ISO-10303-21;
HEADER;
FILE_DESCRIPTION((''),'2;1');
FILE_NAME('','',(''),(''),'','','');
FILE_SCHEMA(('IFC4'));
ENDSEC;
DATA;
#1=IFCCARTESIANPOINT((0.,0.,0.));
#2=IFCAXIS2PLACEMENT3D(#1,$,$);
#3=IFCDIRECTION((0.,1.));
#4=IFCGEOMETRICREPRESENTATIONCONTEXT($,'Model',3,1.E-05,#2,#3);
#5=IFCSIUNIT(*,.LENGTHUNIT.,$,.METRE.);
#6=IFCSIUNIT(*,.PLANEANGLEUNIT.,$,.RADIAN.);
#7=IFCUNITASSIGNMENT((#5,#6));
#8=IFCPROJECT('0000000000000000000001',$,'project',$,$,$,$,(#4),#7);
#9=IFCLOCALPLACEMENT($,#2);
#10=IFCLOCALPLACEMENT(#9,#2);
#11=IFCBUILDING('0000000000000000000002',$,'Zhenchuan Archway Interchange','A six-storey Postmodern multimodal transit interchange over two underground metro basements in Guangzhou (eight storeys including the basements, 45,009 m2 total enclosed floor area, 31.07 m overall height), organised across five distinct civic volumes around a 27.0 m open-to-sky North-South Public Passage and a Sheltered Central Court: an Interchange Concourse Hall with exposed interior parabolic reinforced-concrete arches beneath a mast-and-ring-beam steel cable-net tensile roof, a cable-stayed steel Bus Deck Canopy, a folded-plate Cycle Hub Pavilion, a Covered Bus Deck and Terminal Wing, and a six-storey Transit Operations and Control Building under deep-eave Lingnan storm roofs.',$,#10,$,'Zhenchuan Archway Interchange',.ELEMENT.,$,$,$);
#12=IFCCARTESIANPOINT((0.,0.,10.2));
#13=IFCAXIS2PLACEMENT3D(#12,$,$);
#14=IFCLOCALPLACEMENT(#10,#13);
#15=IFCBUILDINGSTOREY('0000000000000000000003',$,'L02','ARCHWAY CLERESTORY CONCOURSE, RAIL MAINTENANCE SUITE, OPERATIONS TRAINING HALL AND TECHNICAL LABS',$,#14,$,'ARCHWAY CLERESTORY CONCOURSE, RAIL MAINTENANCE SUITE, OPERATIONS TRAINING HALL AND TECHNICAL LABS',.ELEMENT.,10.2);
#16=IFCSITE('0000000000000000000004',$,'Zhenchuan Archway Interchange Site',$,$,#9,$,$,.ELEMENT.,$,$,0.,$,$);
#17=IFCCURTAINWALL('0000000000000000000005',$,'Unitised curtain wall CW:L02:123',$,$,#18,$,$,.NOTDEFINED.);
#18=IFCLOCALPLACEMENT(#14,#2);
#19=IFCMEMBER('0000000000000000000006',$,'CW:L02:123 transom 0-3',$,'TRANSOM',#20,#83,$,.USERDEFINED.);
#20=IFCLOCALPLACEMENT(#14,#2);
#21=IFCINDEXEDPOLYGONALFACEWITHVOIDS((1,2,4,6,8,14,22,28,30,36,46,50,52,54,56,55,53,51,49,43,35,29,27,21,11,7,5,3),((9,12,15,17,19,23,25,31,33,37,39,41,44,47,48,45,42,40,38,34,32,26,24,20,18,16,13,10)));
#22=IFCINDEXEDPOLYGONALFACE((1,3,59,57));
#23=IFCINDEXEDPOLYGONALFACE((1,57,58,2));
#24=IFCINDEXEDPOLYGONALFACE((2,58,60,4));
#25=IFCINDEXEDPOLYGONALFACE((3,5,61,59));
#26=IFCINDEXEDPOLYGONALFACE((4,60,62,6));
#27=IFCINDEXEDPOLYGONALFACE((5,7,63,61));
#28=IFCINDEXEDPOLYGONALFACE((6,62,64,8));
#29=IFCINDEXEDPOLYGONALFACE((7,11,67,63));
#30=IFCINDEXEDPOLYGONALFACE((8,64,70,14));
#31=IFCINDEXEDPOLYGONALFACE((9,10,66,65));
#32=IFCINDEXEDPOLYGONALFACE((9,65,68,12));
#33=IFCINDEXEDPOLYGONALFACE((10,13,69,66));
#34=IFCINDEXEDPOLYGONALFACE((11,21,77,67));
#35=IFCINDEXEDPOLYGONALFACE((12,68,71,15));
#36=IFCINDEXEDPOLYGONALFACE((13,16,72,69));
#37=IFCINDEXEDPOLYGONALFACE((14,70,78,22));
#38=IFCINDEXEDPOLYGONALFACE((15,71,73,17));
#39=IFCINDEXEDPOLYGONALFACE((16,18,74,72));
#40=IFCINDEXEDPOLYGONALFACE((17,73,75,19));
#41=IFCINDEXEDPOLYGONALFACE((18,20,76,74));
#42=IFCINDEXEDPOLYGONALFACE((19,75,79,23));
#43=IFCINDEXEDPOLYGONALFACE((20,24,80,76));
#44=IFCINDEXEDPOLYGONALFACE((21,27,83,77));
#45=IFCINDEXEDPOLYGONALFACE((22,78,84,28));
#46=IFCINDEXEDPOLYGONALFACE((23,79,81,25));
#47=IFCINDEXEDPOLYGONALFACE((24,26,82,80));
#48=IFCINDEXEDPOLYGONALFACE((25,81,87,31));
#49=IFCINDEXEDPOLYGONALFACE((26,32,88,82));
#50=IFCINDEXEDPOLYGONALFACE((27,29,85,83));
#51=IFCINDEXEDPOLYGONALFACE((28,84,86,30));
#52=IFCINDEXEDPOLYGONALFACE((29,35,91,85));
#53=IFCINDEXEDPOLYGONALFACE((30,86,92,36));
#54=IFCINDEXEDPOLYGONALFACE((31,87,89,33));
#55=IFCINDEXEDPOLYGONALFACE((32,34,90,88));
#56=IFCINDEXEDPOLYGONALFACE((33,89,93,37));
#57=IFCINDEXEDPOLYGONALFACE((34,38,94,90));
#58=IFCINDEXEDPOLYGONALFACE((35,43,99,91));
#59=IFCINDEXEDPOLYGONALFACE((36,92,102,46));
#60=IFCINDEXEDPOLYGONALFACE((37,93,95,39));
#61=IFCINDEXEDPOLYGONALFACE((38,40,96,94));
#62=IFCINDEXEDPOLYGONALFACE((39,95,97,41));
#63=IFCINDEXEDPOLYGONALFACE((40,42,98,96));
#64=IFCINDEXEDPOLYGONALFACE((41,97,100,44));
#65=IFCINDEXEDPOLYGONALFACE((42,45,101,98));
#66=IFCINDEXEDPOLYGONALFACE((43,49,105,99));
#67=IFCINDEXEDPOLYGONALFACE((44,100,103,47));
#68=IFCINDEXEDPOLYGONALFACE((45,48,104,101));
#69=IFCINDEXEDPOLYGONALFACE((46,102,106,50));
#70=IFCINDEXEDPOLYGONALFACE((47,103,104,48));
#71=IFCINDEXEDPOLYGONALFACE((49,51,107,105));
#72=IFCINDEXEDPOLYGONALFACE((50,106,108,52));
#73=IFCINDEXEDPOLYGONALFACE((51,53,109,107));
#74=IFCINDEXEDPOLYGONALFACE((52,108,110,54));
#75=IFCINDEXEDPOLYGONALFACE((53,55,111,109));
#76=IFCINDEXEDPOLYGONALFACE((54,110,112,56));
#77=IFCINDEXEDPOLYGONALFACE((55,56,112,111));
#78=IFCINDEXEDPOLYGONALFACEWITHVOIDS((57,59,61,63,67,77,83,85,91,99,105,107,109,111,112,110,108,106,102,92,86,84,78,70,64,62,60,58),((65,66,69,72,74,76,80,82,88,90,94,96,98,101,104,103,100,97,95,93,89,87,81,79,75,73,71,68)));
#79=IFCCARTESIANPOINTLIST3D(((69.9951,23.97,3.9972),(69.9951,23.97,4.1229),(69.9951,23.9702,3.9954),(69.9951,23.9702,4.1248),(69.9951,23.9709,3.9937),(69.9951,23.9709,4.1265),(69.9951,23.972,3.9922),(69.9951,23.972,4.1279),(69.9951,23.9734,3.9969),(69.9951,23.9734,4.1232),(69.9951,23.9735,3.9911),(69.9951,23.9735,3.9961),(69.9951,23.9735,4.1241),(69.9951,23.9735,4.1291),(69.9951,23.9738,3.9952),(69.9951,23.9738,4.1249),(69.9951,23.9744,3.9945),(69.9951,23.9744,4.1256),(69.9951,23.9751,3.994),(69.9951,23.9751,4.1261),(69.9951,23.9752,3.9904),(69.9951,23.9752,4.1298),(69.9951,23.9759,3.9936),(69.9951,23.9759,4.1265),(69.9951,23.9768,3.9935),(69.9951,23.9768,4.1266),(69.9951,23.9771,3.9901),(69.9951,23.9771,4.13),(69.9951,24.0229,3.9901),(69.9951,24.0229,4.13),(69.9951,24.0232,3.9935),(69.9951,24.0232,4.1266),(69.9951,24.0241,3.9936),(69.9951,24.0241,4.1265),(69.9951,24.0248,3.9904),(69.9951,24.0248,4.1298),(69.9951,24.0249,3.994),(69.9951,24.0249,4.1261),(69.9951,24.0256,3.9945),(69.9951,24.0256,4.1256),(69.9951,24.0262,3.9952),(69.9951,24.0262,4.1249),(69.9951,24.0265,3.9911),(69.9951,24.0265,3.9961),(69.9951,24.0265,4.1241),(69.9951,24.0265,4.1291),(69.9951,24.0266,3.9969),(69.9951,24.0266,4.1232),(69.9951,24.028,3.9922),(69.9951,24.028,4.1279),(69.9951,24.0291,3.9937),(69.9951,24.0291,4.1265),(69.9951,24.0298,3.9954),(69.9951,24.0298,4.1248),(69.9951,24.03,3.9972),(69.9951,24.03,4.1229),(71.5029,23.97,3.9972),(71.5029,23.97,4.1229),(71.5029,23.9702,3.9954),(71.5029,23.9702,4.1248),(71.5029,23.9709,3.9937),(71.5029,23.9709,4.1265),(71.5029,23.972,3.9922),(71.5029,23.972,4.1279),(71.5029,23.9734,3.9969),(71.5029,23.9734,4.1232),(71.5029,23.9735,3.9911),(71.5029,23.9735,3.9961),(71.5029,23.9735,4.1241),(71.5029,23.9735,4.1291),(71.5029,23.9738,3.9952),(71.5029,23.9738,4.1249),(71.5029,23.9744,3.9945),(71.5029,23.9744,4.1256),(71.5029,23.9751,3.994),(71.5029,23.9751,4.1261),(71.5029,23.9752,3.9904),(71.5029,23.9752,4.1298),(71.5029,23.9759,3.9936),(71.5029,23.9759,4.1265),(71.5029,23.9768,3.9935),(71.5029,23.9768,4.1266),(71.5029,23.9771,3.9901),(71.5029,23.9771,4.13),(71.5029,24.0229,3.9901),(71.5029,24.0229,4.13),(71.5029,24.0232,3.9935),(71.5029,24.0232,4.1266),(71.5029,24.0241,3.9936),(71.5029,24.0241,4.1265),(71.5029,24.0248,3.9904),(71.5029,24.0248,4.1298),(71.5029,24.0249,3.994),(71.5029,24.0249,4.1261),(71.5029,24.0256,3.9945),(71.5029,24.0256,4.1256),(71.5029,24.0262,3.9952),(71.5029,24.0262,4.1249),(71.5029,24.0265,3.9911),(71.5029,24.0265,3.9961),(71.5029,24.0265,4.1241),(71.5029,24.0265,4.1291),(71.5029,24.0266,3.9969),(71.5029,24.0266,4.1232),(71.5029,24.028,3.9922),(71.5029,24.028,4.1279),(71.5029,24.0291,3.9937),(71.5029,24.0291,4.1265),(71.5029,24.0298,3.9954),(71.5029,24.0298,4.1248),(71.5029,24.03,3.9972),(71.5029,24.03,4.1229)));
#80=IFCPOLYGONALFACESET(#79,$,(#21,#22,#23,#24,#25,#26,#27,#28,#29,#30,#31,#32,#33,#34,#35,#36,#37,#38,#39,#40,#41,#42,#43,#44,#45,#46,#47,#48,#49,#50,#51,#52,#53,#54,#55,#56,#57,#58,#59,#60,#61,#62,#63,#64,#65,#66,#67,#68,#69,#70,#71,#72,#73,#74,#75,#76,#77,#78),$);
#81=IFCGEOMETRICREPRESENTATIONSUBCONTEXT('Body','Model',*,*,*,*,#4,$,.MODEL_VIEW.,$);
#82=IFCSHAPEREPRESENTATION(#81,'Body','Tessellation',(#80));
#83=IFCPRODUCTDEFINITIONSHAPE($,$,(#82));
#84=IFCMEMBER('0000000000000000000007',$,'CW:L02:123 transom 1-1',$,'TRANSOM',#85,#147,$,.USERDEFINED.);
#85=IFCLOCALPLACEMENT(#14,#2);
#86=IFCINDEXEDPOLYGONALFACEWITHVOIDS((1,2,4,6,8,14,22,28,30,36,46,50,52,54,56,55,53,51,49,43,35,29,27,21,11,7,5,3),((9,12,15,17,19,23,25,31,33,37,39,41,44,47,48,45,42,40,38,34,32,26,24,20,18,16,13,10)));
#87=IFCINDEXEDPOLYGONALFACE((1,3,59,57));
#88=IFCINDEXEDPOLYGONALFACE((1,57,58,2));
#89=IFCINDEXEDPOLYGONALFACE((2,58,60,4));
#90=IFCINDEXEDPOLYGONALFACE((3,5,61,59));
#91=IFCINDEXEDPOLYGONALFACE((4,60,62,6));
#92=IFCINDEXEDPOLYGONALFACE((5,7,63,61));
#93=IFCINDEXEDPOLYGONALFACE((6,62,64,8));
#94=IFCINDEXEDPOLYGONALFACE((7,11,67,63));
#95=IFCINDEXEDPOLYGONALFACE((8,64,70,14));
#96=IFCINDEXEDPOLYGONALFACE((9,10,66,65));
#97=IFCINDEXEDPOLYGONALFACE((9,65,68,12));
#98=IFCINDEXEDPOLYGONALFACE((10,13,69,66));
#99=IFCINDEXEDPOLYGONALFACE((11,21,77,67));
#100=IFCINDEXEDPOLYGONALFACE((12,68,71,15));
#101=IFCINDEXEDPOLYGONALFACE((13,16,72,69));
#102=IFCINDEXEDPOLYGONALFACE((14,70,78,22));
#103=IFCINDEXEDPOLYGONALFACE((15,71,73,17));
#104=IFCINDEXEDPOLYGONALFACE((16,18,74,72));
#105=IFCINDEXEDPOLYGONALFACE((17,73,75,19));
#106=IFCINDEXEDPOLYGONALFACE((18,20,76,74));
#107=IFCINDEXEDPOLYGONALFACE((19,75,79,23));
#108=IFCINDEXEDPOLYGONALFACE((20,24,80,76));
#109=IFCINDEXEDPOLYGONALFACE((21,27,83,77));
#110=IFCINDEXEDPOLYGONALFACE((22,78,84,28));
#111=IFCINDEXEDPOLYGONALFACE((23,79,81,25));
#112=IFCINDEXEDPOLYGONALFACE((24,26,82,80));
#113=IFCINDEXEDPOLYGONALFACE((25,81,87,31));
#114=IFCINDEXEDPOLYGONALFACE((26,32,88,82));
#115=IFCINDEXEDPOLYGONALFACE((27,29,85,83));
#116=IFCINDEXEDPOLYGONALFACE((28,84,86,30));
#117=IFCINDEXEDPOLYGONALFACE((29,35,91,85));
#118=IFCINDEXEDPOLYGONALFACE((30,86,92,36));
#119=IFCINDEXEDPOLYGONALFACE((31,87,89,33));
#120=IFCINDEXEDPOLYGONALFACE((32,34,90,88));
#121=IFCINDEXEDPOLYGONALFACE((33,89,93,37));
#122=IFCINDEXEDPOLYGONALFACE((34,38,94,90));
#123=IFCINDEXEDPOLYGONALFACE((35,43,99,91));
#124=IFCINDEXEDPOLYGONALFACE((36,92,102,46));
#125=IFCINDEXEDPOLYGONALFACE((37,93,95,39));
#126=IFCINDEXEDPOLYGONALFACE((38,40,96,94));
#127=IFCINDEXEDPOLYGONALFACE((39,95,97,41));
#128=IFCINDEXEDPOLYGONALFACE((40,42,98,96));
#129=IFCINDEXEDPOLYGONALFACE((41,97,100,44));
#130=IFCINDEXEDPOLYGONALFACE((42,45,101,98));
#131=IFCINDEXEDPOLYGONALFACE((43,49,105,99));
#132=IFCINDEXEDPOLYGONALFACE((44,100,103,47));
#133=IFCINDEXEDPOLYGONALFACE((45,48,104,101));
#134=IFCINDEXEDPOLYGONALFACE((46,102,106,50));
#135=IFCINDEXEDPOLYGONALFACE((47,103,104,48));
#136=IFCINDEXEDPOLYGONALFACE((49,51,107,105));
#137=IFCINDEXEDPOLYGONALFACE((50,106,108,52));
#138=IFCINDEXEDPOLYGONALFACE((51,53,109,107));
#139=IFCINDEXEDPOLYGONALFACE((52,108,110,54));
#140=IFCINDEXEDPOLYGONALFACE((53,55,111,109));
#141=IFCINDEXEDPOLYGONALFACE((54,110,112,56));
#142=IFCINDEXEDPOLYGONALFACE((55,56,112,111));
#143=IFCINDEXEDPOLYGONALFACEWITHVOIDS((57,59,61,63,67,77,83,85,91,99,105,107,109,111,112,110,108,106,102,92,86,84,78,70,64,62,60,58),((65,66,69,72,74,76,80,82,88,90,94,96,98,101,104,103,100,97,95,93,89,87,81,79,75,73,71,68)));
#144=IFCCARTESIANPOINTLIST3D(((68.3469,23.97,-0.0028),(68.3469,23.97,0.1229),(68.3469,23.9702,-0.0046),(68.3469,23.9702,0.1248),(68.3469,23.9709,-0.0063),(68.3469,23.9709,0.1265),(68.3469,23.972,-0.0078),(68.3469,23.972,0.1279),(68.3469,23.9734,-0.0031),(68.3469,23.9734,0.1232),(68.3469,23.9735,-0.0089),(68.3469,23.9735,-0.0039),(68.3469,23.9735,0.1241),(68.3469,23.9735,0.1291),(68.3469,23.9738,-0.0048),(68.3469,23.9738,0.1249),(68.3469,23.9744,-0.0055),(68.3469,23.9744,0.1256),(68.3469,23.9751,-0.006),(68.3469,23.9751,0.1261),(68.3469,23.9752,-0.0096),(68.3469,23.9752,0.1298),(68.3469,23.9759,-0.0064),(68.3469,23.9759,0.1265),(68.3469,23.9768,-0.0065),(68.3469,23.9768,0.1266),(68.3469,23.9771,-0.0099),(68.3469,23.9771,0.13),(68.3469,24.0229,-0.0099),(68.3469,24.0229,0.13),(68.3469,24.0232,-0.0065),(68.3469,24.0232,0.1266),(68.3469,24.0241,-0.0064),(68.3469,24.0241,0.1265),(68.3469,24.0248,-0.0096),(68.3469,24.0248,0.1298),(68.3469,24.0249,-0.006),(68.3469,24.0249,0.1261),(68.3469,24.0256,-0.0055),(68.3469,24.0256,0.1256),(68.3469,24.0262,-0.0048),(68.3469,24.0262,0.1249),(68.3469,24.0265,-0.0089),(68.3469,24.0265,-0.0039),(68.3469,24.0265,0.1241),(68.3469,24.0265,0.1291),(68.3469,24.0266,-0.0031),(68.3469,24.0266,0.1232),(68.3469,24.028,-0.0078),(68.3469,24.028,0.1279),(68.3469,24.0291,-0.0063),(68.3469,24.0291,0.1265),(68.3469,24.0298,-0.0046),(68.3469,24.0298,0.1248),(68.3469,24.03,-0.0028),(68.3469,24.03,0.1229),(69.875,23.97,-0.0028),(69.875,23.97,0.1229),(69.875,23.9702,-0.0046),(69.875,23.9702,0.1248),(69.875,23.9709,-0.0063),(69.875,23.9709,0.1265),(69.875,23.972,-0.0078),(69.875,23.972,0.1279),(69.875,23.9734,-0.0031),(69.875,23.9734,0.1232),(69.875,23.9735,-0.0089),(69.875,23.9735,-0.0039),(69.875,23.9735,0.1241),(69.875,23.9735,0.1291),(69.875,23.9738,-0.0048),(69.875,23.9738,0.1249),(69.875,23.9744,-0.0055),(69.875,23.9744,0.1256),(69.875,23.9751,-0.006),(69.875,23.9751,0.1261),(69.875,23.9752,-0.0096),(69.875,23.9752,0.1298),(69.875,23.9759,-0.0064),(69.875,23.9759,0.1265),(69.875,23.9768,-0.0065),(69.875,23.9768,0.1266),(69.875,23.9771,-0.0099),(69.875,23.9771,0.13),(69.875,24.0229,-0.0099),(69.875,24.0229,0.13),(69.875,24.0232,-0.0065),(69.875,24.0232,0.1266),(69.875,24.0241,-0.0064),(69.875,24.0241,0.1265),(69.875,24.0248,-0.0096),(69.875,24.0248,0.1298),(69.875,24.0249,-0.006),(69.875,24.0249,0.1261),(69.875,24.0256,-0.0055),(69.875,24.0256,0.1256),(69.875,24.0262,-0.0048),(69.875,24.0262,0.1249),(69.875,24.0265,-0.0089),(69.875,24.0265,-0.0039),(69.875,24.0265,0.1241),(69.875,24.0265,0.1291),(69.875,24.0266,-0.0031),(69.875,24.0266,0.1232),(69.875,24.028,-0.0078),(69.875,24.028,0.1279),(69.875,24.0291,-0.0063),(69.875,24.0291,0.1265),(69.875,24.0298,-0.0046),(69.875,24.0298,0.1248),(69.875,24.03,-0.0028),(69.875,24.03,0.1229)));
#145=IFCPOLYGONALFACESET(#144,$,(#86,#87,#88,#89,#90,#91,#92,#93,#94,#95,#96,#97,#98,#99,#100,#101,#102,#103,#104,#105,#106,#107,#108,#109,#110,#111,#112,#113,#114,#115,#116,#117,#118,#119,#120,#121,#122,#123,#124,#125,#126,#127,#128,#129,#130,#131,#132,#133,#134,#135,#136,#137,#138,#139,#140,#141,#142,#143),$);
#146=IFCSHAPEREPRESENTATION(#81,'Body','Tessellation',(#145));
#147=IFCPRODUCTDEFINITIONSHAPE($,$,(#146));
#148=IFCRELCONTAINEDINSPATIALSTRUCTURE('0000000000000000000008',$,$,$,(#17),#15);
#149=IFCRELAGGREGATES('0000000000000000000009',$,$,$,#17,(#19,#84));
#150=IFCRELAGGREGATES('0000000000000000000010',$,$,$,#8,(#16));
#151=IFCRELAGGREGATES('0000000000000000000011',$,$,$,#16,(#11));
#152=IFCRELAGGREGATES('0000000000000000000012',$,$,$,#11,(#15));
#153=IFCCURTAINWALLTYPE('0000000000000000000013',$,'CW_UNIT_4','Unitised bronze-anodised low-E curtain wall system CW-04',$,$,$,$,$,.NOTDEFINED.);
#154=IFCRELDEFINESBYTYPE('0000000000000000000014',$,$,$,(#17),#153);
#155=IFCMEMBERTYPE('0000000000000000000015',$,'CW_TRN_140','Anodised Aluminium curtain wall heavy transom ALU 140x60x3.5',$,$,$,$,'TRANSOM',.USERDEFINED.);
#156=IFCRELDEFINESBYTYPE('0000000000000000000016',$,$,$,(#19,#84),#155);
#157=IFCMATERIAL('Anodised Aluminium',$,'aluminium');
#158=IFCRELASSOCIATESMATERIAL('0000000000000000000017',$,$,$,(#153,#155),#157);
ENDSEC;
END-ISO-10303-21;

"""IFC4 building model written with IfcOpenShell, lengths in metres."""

from ifc_helpers import new_model, si_unit, direction, frame, origin, origin_2d, place, context, subcontext, project, spatial, hollow_rectangle, extrude, material, material_profile, profile_set, type_object, element, aggregate, save


model = new_model("IFC4")

# Units and contexts
model_context = context("Model", 3, precision=1e-05, world=origin(), true_north=direction((0.0, 1.0)))
body_context = subcontext(model_context, "Body", "Model", "MODEL_VIEW")
ifc_project = project(units=[si_unit("LENGTHUNIT", "METRE"), si_unit("PLANEANGLEUNIT", "RADIAN")], contexts=[model_context])

# Site, building, storey
site_placement = place(None, origin())
site = spatial("IfcSite", under=ifc_project, at=site_placement, Name="Zhenchuan Archway Interchange Site", CompositionType="ELEMENT", RefElevation=0.0)
building_placement = place(site_placement, origin())
building = spatial("IfcBuilding", under=site, at=building_placement, Name="Zhenchuan Archway Interchange", Description="A six-storey Postmodern multimodal transit interchange over two underground metro basements in Guangzhou (eight storeys including the basements, 45,009 m2 total enclosed floor area, 31.07 m overall height), organised across five distinct civic volumes around a 27.0 m open-to-sky North-South Public Passage and a Sheltered Central Court: an Interchange Concourse Hall with exposed interior parabolic reinforced-concrete arches beneath a mast-and-ring-beam steel cable-net tensile roof, a cable-stayed steel Bus Deck Canopy, a folded-plate Cycle Hub Pavilion, a Covered Bus Deck and Terminal Wing, and a six-storey Transit Operations and Control Building under deep-eave Lingnan storm roofs.", LongName="Zhenchuan Archway Interchange", CompositionType="ELEMENT")
storey_placement = place(building_placement, frame((0.0, 0.0, 10.2)))
storey = spatial("IfcBuildingStorey", under=building, at=storey_placement, Name="L02", Description="ARCHWAY CLERESTORY CONCOURSE, RAIL MAINTENANCE SUITE, OPERATIONS TRAINING HALL AND TECHNICAL LABS", LongName="ARCHWAY CLERESTORY CONCOURSE, RAIL MAINTENANCE SUITE, OPERATIONS TRAINING HALL AND TECHNICAL LABS", CompositionType="ELEMENT", Elevation=10.2)

# Curtain wall, members
ifc_material_1 = material(Name="Anodised Aluminium", Category="aluminium")
curtain_wall_type = type_object("IfcCurtainWallType", Name="CW_UNIT_4", Description="Unitised bronze-anodised low-E curtain wall system CW-04", PredefinedType="NOTDEFINED", material=ifc_material_1)
curtain_wall_placement = place(storey_placement, origin())
curtain_wall = element("IfcCurtainWall", 1, at=curtain_wall_placement, inside=storey, type_object=curtain_wall_type, Name="Unitised curtain wall CW:L02:123", PredefinedType="NOTDEFINED")
ifc_material_profile_1 = material_profile(ifc_material_1, hollow_rectangle(XDim=0.0601, YDim=0.1399, WallThickness=0.0034, InnerFilletRadius=0.0034, OuterFilletRadius=0.0071, at=origin_2d()), Name="ALU 140x60x3.5")
ifc_profile_set_1 = profile_set([ifc_material_profile_1], Name="Anodised Aluminium")
member_type_1 = type_object("IfcMemberType", Name="CW_TRN_140", Description="Anodised Aluminium curtain wall heavy transom ALU 140x60x3.5", ElementType="TRANSOM", PredefinedType="USERDEFINED", material=ifc_profile_set_1)
member_1_placement = place(storey_placement, frame((71.5029, 24.0, 4.0601), z_axis=(-1.0, 0.0, 0.0), x_axis=(0.0, -1.0, 0.0)))
member_1 = element("IfcMember", 2, at=member_1_placement, type_object=member_type_1, Name="CW:L02:123 transom 0-3", ObjectType="TRANSOM", PredefinedType="USERDEFINED", context=body_context, shape_type="SweptSolid", body=[
    extrude(hollow_rectangle(XDim=0.0601, YDim=0.1399, WallThickness=0.0034, InnerFilletRadius=0.0034, OuterFilletRadius=0.0071, at=origin_2d()), origin(), (0.0, 0.0, 1.0), 1.5078),
])
member_2_placement = place(storey_placement, frame((69.875, 24.0, 0.0601), z_axis=(-1.0, 0.0, 0.0), x_axis=(0.0, -1.0, 0.0)))
member_2 = element("IfcMember", 3, at=member_2_placement, type_object=member_type_1, Name="CW:L02:123 transom 1-1", ObjectType="TRANSOM", PredefinedType="USERDEFINED", context=body_context, shape_type="SweptSolid", body=[
    extrude(hollow_rectangle(XDim=0.0601, YDim=0.1399, WallThickness=0.0034, InnerFilletRadius=0.0034, OuterFilletRadius=0.0071, at=origin_2d()), origin(), (0.0, 0.0, 1.0), 1.5281),
])

aggregate(curtain_wall, [member_1, member_2])

save(model, "model.ifc")
